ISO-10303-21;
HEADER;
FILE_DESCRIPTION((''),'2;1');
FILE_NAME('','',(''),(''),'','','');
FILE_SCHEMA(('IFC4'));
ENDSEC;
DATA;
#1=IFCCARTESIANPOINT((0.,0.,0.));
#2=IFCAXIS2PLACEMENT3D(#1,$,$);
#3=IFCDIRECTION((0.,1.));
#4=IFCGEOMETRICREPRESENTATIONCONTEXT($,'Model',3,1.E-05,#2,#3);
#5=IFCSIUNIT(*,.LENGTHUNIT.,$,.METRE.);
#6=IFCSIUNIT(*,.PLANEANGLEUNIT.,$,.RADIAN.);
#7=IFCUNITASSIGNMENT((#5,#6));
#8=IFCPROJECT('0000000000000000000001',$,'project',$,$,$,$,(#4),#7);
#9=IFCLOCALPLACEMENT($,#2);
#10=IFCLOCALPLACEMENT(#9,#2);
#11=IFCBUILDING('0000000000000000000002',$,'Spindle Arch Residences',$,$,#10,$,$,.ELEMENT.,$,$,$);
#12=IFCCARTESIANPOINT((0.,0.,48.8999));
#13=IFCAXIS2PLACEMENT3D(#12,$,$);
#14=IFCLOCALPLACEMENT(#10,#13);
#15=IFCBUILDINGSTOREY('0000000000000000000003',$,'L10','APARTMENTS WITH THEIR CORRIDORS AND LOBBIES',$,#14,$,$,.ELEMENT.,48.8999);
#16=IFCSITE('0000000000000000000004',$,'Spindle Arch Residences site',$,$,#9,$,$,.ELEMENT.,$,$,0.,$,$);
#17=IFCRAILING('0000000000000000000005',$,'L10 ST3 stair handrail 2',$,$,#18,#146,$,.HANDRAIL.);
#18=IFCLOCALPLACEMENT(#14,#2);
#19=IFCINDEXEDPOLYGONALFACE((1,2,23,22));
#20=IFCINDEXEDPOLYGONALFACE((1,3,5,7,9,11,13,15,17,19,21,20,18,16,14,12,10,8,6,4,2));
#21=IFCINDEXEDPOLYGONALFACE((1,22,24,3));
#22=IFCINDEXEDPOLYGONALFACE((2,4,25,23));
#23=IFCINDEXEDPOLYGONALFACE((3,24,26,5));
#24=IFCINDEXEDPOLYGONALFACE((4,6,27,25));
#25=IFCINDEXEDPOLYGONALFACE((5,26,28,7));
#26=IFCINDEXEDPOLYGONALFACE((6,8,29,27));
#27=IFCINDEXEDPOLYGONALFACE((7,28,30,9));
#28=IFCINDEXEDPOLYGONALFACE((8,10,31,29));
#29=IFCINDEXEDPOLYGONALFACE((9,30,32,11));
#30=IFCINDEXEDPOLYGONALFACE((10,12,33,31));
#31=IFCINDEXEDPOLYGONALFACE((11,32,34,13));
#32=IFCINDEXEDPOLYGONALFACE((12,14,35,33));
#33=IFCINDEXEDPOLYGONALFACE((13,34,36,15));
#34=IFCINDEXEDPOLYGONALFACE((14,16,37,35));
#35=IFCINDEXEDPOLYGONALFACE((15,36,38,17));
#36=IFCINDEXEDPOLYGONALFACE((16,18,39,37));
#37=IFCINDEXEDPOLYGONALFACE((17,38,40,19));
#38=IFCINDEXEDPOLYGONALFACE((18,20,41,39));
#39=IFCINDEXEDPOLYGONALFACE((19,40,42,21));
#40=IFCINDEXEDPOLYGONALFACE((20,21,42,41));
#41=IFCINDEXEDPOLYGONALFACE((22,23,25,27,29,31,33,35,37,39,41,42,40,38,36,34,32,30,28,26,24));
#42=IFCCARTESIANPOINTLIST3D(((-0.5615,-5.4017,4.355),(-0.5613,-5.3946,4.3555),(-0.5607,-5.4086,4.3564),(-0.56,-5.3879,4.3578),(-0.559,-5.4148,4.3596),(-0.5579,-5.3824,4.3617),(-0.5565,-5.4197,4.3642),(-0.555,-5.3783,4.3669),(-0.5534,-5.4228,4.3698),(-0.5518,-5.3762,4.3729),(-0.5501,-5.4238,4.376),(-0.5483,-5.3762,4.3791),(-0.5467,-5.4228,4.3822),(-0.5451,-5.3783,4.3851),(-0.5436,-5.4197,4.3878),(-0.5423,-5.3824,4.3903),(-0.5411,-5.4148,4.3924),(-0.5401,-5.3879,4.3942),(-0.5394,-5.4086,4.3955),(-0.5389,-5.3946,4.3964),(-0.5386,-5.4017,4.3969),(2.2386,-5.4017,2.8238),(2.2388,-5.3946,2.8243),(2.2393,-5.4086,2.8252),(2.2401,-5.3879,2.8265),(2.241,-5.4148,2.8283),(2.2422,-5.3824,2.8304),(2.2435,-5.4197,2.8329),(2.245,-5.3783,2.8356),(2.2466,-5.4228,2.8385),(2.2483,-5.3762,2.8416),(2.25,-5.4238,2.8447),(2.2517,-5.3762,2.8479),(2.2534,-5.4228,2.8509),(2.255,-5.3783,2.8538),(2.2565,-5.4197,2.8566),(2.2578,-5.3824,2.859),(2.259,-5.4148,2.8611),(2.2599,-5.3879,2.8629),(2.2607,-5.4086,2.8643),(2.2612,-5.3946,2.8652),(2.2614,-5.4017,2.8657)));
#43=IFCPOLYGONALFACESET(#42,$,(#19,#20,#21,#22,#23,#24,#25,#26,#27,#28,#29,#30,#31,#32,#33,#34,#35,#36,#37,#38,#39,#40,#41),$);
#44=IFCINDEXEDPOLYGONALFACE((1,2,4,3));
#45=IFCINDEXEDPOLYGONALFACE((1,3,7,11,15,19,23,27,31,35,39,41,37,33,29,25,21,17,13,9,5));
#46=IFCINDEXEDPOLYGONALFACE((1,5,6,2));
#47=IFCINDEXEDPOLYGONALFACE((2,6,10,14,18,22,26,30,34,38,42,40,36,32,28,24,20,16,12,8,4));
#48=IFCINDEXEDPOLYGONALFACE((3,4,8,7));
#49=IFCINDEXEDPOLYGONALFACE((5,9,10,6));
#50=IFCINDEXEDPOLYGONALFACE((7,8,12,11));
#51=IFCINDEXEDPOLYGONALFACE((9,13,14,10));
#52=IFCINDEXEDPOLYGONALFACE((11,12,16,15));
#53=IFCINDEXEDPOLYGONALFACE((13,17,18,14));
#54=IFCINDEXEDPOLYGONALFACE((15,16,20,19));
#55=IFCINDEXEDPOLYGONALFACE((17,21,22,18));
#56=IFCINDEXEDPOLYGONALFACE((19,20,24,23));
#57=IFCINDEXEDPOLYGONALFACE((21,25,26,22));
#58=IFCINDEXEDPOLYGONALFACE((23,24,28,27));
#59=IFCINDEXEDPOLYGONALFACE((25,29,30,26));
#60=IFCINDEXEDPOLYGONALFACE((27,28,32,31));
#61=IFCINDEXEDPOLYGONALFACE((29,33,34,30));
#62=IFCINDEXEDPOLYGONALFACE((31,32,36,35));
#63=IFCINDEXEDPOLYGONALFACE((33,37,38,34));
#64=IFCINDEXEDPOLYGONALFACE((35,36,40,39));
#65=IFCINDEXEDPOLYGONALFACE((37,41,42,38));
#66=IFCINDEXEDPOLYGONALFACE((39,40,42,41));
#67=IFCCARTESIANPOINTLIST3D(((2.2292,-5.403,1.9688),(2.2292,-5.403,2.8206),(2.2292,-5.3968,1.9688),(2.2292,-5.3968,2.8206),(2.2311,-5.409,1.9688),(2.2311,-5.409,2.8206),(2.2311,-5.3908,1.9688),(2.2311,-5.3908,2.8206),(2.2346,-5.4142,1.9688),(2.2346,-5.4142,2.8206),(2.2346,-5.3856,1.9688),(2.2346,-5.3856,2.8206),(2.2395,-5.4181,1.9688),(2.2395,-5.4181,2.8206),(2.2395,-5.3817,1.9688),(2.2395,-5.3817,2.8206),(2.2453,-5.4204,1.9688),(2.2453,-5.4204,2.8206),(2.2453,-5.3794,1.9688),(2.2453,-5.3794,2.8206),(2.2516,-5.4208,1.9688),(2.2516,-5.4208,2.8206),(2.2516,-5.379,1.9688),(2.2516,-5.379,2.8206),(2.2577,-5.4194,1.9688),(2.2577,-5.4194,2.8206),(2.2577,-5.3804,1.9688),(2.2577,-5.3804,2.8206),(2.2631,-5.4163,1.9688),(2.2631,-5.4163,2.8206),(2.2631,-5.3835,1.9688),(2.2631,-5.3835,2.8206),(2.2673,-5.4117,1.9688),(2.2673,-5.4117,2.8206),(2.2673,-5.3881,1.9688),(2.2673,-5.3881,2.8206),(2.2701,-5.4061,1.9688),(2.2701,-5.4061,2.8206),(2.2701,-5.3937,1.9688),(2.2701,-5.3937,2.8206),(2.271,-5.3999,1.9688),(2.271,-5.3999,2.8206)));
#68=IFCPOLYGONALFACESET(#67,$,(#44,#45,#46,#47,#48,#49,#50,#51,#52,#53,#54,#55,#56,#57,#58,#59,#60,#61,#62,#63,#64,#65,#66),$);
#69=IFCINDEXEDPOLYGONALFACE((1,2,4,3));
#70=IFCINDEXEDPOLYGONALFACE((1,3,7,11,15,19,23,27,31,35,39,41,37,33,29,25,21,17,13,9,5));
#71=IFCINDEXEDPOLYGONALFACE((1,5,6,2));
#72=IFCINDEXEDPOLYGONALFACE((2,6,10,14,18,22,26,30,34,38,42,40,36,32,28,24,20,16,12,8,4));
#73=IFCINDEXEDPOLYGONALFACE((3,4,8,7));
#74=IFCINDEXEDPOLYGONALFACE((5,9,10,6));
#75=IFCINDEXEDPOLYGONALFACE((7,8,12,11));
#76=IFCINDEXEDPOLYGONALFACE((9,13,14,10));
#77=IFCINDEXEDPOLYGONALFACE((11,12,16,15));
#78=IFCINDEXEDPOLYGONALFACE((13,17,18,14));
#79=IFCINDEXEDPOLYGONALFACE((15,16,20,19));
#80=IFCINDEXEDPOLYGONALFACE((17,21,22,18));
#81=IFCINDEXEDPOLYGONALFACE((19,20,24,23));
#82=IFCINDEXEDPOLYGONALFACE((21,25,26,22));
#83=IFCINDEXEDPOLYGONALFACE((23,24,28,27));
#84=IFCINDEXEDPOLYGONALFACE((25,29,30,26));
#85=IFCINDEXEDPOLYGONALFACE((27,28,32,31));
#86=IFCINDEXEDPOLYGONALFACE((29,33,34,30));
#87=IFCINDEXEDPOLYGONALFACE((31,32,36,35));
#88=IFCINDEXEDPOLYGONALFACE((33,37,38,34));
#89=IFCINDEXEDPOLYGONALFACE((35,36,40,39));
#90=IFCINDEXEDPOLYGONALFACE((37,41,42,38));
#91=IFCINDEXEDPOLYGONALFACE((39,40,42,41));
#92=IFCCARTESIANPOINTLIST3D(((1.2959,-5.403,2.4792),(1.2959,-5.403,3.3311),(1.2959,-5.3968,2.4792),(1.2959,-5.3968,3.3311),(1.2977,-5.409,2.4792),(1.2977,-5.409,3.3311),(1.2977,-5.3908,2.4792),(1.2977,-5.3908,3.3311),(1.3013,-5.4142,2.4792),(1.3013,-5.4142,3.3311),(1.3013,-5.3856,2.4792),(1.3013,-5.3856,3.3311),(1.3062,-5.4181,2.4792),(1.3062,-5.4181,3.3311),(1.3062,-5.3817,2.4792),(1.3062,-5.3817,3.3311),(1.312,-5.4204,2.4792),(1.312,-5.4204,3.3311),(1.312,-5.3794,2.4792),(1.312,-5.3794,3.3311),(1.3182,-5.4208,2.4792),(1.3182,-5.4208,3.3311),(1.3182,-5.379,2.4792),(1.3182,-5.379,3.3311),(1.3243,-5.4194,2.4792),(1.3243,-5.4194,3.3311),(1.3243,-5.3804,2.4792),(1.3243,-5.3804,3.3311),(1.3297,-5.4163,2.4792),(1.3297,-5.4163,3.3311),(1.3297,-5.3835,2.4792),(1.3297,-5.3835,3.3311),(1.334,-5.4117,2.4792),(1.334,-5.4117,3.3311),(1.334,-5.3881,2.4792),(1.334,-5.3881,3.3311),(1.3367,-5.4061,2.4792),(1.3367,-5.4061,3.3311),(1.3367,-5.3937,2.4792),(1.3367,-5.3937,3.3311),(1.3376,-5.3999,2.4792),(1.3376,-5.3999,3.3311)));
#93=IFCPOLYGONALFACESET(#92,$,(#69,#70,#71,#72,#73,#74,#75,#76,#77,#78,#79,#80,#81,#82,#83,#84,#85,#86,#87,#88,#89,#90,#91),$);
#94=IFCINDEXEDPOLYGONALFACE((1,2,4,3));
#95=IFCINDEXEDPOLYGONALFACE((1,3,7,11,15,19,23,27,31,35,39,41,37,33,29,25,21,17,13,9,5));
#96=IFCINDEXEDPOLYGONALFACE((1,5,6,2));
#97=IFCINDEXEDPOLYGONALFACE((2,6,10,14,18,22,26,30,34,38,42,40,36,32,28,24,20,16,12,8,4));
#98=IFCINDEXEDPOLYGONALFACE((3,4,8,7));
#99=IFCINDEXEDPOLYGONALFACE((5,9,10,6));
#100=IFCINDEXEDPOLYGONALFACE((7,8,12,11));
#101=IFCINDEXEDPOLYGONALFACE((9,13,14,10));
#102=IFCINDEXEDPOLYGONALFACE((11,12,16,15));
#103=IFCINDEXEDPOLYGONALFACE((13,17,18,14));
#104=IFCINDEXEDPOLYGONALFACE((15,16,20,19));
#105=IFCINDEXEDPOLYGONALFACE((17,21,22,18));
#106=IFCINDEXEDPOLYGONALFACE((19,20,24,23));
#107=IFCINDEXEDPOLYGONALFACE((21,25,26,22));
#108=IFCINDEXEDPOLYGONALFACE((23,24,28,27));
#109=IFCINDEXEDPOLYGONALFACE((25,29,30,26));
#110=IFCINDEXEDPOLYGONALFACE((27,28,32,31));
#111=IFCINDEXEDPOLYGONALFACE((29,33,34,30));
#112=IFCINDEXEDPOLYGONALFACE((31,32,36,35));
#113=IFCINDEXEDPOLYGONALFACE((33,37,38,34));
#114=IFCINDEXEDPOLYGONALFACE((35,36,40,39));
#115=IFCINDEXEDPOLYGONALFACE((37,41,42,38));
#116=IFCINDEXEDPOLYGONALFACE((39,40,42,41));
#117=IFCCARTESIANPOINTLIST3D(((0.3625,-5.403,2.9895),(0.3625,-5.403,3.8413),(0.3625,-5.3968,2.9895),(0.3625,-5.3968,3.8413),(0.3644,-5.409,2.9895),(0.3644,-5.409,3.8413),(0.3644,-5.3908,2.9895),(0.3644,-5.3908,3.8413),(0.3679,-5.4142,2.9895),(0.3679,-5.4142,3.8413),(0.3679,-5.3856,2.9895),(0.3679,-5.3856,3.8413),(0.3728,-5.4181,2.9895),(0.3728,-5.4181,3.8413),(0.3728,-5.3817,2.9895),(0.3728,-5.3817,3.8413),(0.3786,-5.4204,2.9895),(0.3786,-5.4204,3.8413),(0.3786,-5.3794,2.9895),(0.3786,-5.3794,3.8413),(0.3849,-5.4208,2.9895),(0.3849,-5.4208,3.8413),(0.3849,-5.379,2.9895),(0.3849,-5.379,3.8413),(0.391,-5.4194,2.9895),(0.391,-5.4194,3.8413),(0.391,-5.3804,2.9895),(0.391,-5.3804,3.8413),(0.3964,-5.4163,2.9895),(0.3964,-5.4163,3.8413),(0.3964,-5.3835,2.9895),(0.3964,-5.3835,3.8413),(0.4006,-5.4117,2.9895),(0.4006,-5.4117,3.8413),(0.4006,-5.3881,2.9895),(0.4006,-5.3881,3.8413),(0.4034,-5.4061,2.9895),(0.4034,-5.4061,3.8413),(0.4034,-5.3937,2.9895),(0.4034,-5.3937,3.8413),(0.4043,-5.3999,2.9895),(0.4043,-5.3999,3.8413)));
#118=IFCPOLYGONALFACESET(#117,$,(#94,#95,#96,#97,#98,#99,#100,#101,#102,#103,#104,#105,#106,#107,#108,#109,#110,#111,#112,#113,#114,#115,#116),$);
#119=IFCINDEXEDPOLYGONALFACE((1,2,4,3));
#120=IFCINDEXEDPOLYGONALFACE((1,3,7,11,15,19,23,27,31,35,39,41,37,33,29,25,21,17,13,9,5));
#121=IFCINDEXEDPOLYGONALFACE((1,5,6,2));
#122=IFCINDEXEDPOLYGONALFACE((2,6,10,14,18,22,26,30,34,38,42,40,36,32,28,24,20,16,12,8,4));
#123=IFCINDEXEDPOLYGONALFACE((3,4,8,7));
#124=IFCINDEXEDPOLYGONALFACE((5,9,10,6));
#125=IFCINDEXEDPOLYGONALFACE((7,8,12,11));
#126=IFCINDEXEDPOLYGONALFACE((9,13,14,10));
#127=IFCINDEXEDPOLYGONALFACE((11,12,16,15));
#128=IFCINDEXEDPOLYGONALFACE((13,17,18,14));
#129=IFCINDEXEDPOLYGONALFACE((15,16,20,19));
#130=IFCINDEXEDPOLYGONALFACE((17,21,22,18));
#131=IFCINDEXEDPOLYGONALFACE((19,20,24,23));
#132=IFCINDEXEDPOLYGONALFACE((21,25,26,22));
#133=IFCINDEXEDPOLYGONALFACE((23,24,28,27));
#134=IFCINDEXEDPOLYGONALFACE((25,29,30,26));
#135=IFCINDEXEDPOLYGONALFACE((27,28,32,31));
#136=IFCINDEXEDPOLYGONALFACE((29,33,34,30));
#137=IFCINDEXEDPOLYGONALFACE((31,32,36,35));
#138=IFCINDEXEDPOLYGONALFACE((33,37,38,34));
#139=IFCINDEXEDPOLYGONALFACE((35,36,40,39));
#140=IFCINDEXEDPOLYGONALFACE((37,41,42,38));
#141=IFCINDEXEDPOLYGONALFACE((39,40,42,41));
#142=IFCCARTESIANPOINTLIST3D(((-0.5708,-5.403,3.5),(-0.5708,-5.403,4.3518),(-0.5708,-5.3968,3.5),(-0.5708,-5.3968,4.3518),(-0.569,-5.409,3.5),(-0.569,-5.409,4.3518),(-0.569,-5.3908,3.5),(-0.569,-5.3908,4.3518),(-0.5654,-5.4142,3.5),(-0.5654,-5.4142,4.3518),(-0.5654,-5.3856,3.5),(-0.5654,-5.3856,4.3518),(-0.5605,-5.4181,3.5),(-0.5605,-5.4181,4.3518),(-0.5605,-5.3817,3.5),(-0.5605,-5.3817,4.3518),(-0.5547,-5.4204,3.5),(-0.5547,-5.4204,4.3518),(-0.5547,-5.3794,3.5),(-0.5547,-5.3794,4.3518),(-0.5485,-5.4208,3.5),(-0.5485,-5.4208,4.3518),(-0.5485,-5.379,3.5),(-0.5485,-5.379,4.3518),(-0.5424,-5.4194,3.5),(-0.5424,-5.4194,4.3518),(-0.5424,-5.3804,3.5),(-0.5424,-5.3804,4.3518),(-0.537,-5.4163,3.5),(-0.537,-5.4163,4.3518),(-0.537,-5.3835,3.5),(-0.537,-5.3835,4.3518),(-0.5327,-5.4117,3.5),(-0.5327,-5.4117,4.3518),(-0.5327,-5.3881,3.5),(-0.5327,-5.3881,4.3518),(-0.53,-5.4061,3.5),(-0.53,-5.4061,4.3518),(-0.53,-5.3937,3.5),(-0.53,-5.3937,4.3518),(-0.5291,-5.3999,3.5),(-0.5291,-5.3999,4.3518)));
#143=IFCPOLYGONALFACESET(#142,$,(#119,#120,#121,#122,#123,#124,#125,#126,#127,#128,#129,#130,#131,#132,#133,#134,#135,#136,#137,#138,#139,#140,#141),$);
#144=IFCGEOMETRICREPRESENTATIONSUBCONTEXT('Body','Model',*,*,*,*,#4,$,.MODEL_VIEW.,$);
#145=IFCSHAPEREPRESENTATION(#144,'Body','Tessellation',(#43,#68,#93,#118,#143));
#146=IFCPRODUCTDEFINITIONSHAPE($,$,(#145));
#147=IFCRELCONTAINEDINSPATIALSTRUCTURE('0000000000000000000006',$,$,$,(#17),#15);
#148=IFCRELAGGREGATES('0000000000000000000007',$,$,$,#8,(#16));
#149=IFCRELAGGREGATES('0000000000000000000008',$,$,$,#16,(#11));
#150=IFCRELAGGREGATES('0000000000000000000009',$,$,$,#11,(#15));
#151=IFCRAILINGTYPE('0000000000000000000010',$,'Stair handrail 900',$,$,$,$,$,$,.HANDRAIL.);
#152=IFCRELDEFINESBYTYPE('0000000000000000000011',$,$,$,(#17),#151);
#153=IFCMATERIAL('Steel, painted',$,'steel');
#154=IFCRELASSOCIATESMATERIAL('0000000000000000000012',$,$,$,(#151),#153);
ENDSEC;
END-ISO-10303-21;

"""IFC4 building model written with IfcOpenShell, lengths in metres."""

from ifc_helpers import new_model, si_unit, direction, frame, origin, origin_2d, place, context, subcontext, project, spatial, circle, extrude, material, type_object, element, save


model = new_model("IFC4")

# Units and contexts
model_context = context("Model", 3, precision=1e-05, world=origin(), true_north=direction((0.0, 1.0)))
body_context = subcontext(model_context, "Body", "Model", "MODEL_VIEW")
ifc_project = project(units=[si_unit("LENGTHUNIT", "METRE"), si_unit("PLANEANGLEUNIT", "RADIAN")], contexts=[model_context])

# Site, building, storey
site_placement = place(None, origin())
site = spatial("IfcSite", under=ifc_project, at=site_placement, Name="Spindle Arch Residences site", CompositionType="ELEMENT", RefElevation=0.0)
building_placement = place(site_placement, origin())
building = spatial("IfcBuilding", under=site, at=building_placement, Name="Spindle Arch Residences", CompositionType="ELEMENT")
storey_placement = place(building_placement, frame((0.0, 0.0, 48.8999)))
storey = spatial("IfcBuildingStorey", under=building, at=storey_placement, Name="L10", Description="APARTMENTS WITH THEIR CORRIDORS AND LOBBIES", CompositionType="ELEMENT", Elevation=48.8999)

# Railing
ifc_material_1 = material(Name="Steel, painted", Category="steel")
railing_type = type_object("IfcRailingType", Name="Stair handrail 900", PredefinedType="HANDRAIL", material=ifc_material_1)
railing_placement = place(storey_placement, frame((2.25, -5.3999, 1.9688)))
element("IfcRailing", 1, at=railing_placement, inside=storey, type_object=railing_type, Name="L10 ST3 stair handrail 2", PredefinedType="HANDRAIL", context=body_context, shape_type="SweptSolid", body=[
    extrude(circle(Radius=0.0239, at=origin_2d()), frame((0.0, 0.0, 0.876), z_axis=(-0.877375, 0.0, 0.479806), x_axis=(0.0, -1.0, 0.0)), (0.0, 0.0, 1.0), 3.1914),
    extrude(circle(Radius=0.021, at=origin_2d()), origin(), (0.0, 0.0, 1.0), 0.8518),
    extrude(circle(Radius=0.021, at=origin_2d()), frame((-0.9333, 0.0, 0.5105)), (0.0, 0.0, 1.0), 0.8518),
    extrude(circle(Radius=0.021, at=origin_2d()), frame((-1.8667, 0.0, 1.0208)), (0.0, 0.0, 1.0), 0.8518),
    extrude(circle(Radius=0.021, at=origin_2d()), frame((-2.8, 0.0, 1.5312)), (0.0, 0.0, 1.0), 0.8518),
])

save(model, "model.ifc")
